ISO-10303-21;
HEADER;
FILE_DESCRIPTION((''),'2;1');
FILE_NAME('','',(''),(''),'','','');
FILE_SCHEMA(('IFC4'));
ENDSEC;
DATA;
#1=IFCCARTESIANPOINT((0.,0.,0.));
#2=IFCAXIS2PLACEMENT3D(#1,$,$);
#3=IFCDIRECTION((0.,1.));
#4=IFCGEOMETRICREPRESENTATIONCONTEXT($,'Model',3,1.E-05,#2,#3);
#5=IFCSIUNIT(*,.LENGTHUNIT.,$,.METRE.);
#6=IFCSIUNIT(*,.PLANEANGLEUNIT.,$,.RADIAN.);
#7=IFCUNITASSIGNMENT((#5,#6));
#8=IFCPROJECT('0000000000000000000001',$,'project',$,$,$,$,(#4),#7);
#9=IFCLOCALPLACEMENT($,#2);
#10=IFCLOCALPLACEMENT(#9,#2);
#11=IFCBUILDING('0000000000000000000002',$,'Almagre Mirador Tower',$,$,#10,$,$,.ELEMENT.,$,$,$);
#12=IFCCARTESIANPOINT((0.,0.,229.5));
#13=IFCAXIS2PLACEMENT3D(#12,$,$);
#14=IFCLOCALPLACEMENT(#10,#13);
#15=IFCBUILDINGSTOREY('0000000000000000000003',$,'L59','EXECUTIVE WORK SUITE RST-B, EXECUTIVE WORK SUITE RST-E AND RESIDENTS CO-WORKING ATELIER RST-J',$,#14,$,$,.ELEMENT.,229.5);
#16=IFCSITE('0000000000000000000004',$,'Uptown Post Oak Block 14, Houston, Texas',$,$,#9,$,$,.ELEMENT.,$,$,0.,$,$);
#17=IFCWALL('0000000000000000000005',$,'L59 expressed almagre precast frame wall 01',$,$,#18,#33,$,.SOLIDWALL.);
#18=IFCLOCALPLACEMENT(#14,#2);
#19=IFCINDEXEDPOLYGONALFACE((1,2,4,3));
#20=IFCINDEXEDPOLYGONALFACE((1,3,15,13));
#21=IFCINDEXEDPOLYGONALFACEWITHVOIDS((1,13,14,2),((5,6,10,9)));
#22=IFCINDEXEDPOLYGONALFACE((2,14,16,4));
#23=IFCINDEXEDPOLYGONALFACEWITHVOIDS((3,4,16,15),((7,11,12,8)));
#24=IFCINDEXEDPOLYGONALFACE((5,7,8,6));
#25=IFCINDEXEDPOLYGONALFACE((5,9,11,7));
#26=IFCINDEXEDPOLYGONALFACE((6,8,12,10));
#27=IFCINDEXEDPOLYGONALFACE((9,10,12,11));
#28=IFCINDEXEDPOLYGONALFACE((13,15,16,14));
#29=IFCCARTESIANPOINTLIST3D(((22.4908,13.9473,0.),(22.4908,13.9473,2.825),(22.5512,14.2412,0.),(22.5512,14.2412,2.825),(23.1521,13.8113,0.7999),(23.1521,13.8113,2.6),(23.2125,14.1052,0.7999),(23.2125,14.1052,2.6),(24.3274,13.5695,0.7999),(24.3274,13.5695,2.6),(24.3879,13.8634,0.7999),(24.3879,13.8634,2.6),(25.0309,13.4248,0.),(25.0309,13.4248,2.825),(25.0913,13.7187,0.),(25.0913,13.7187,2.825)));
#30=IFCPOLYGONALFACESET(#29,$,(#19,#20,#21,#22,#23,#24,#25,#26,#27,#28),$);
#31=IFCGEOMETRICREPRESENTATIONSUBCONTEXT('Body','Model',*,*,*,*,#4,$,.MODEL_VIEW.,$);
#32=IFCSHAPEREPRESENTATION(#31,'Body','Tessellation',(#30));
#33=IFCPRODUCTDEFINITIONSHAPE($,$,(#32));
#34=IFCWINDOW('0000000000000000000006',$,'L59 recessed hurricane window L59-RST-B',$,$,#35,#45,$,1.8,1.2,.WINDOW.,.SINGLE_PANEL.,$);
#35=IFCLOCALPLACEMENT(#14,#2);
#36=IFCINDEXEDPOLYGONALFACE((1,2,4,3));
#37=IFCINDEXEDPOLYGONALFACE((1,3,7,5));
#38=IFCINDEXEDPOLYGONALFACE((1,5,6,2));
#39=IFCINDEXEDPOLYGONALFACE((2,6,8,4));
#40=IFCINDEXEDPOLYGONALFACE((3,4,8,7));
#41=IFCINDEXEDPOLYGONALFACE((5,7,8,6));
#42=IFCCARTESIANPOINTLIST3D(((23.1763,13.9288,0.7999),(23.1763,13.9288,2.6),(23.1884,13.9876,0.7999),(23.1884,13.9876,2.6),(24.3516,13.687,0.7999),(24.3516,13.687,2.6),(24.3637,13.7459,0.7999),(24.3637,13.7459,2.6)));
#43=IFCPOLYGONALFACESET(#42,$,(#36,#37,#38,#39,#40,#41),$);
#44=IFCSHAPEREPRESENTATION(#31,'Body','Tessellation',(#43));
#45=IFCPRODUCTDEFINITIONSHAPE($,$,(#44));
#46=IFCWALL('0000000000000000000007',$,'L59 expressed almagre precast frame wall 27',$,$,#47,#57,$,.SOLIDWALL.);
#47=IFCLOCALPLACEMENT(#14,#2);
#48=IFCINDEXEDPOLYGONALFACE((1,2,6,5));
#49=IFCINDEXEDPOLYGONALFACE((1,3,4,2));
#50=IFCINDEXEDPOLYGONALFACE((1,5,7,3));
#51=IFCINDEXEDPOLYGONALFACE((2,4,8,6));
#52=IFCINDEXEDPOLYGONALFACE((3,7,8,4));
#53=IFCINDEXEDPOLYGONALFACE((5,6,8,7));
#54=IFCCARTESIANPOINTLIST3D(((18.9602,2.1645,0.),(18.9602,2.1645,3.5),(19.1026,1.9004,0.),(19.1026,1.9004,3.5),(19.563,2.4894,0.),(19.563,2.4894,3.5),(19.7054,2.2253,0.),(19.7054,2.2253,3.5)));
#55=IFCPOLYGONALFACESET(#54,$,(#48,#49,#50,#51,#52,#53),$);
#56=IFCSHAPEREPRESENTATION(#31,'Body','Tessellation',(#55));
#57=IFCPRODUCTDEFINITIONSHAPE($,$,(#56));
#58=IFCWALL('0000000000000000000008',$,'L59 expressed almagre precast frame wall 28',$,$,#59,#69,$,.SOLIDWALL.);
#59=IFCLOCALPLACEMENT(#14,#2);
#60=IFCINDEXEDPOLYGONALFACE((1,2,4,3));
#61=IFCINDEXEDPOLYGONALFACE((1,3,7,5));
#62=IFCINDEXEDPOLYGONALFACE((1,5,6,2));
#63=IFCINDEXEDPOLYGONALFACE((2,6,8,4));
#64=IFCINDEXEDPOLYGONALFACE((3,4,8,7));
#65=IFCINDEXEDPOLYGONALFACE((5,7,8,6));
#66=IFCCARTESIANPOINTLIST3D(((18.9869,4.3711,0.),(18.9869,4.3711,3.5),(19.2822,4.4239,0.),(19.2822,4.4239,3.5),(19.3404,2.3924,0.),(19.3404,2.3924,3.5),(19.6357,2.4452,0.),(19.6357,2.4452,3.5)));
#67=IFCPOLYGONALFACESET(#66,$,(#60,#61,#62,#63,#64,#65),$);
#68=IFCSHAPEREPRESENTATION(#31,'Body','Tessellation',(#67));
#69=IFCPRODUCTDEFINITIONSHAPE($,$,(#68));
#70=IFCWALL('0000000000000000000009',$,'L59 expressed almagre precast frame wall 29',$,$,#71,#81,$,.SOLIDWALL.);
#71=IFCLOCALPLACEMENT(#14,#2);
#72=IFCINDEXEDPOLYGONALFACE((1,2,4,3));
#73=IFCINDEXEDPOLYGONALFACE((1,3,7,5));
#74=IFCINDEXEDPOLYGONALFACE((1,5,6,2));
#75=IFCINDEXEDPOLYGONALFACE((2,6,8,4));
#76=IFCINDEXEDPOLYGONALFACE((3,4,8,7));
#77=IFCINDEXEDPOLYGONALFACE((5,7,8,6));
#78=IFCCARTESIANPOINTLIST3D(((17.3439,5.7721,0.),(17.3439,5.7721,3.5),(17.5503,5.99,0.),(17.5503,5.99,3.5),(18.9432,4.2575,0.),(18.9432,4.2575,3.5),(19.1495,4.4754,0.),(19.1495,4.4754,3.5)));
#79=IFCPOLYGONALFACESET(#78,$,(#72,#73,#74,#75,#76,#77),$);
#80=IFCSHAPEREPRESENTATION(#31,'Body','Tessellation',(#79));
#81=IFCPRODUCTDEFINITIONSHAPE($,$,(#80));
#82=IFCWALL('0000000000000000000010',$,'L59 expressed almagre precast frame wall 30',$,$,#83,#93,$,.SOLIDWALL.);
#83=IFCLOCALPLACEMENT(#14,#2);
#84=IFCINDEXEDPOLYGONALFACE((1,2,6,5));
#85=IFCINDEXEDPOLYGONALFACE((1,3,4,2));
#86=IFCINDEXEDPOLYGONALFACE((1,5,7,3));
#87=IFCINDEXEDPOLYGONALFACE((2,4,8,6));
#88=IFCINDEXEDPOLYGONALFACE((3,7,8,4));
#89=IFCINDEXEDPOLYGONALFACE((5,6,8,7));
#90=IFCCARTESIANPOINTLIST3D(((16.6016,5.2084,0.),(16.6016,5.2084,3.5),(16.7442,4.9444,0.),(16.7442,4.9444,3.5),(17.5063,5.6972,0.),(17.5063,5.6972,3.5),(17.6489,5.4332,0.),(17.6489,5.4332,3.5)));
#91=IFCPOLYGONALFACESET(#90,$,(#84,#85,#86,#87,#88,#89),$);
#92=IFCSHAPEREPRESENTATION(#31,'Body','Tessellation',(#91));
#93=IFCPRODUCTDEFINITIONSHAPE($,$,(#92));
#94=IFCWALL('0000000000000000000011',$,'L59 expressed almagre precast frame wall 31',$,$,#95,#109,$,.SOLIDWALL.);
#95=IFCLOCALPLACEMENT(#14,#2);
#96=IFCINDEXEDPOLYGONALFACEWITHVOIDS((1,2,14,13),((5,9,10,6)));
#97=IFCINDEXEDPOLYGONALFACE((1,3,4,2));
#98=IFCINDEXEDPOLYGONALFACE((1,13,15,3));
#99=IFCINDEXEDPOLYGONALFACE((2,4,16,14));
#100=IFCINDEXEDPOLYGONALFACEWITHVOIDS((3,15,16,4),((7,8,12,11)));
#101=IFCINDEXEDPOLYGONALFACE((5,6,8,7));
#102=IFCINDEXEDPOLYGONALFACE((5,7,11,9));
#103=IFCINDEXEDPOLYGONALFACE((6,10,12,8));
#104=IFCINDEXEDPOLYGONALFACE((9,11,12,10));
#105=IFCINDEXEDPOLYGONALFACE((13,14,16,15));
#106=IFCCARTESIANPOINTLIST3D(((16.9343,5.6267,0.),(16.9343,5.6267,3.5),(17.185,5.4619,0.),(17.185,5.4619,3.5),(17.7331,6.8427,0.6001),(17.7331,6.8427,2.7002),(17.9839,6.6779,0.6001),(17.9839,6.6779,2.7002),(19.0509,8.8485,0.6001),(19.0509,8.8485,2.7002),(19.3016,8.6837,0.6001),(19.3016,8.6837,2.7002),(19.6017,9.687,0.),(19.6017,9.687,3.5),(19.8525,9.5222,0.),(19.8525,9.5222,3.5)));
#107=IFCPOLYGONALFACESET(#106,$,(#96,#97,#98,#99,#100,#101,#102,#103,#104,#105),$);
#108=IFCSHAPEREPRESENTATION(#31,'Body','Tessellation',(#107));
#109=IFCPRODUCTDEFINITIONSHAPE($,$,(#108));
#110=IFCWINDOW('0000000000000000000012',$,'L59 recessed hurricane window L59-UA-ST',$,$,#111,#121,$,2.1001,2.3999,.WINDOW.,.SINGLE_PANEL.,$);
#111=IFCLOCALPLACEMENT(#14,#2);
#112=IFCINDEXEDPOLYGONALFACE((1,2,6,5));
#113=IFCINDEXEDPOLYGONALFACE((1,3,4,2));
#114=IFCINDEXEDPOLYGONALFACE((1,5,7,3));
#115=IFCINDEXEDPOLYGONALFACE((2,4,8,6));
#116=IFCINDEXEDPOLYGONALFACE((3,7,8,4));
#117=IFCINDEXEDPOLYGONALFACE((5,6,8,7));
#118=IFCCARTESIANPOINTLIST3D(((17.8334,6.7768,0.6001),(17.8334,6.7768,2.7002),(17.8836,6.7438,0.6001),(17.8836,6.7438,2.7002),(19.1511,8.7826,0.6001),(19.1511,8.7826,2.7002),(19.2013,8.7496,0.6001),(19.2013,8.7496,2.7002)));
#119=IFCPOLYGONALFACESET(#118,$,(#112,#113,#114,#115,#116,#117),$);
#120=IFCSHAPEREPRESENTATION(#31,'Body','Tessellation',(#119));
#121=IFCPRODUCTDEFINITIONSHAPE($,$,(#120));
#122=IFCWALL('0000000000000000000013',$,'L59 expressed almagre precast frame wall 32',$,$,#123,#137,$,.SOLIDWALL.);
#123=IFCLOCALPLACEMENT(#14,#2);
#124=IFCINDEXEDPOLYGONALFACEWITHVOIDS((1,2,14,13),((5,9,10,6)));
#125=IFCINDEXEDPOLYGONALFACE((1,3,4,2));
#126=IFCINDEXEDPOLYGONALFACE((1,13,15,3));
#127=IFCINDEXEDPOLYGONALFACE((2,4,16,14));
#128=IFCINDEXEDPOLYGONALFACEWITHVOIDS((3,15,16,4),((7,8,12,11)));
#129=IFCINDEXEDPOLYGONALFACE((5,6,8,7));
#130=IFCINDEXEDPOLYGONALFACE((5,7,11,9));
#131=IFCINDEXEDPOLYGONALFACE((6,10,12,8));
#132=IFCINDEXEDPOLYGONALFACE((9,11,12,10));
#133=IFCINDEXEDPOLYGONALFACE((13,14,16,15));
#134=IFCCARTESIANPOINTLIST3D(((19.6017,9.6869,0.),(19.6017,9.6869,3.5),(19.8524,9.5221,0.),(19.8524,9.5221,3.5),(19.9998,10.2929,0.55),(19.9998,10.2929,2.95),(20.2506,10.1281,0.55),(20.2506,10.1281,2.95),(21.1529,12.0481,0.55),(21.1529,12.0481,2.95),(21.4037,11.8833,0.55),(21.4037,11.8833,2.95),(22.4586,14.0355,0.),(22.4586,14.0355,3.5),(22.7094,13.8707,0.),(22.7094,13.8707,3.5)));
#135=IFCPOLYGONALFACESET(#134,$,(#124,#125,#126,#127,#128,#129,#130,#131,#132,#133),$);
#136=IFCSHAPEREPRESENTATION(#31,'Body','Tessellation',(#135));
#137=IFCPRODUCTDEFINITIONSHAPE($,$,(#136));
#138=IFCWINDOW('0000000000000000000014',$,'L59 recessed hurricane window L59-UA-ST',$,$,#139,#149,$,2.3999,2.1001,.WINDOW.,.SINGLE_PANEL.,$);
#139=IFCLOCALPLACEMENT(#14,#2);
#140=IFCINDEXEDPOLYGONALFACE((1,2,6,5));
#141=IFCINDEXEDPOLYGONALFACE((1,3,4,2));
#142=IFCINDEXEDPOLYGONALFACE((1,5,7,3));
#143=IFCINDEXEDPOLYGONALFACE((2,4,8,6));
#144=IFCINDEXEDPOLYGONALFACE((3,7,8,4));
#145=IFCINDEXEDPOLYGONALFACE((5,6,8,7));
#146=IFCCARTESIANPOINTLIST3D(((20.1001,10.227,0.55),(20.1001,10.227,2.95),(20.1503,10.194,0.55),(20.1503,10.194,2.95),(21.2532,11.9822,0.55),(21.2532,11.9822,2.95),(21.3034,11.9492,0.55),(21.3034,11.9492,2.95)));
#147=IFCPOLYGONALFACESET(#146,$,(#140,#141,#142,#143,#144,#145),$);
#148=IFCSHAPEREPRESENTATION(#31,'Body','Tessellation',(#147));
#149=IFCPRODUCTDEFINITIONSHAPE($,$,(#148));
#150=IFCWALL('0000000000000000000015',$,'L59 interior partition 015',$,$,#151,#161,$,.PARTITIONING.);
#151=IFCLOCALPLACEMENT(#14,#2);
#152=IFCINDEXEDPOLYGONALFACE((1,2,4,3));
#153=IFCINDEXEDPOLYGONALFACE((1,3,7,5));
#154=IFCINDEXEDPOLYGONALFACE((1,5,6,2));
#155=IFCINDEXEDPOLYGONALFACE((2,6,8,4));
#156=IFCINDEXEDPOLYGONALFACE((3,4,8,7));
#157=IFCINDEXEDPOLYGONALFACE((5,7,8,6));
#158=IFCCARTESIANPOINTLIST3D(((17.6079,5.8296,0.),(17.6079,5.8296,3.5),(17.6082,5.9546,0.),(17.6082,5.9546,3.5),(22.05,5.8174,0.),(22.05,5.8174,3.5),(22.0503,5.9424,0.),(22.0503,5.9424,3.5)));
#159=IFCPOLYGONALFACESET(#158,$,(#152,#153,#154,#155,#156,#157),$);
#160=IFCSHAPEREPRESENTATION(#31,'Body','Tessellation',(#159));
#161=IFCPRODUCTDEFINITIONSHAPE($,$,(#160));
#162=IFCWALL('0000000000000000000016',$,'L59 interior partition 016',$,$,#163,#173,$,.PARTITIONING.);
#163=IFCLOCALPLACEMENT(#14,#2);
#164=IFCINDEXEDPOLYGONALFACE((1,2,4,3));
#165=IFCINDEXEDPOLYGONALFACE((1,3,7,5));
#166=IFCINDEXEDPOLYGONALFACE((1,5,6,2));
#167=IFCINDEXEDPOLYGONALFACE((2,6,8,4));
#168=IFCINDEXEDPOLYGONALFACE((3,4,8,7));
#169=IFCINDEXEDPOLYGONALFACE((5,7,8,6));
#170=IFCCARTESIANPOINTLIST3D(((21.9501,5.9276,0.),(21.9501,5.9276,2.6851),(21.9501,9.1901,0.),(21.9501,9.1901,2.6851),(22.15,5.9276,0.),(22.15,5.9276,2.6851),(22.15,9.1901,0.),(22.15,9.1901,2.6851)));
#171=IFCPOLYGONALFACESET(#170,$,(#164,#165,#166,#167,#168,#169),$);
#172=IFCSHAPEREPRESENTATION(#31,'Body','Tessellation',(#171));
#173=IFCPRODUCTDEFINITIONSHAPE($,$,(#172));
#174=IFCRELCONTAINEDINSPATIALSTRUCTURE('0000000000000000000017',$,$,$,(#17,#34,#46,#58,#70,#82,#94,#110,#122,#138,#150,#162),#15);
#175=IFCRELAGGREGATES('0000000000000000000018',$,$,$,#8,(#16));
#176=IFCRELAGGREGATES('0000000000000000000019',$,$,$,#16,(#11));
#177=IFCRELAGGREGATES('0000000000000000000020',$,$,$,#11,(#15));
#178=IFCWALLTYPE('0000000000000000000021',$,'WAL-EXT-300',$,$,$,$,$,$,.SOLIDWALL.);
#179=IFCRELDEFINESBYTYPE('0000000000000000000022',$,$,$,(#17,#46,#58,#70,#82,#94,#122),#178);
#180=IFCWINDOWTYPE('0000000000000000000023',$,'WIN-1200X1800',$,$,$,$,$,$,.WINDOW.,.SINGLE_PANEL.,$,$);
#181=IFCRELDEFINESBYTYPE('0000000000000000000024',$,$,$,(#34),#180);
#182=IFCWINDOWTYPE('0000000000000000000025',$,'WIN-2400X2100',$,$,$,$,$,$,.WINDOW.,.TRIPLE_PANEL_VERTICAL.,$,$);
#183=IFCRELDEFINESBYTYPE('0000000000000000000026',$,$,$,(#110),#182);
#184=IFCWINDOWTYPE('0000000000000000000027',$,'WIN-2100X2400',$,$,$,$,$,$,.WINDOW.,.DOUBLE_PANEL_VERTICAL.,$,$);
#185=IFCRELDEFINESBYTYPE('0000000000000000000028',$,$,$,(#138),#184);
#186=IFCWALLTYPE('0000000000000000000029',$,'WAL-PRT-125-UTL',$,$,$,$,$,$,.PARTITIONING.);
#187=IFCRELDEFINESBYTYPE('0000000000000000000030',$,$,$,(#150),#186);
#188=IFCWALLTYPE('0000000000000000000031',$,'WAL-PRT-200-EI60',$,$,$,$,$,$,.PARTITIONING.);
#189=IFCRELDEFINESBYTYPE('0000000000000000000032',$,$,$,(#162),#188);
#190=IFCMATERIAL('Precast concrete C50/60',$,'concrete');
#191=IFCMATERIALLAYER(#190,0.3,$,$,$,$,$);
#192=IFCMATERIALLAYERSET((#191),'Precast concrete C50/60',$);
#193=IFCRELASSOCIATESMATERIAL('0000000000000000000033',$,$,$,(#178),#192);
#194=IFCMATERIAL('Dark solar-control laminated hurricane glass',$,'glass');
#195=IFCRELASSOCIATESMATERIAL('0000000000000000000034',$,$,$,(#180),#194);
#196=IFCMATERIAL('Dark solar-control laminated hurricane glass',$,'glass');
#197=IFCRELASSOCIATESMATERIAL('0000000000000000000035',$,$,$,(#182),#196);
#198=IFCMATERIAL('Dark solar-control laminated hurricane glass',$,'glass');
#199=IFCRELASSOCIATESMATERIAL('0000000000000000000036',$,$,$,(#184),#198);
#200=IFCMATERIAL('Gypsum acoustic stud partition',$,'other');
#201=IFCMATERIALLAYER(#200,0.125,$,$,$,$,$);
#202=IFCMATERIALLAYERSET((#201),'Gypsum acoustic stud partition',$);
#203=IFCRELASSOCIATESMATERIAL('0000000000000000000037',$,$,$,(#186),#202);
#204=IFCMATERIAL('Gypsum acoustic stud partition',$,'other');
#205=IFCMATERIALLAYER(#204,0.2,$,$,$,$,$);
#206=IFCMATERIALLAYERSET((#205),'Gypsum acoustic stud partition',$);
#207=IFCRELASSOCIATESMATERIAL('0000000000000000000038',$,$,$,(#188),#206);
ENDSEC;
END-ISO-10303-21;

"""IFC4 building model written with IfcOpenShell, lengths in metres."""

from ifc_helpers import new_model, si_unit, direction, frame, frame_2d, origin, place, context, subcontext, project, spatial, rectangle, extrude, material, layer, layer_set, type_object, element, fill, save


model = new_model("IFC4")

# Units and contexts
model_context = context("Model", 3, precision=1e-05, world=origin(), true_north=direction((0.0, 1.0)))
body_context = subcontext(model_context, "Body", "Model", "MODEL_VIEW")
ifc_project = project(units=[si_unit("LENGTHUNIT", "METRE"), si_unit("PLANEANGLEUNIT", "RADIAN")], contexts=[model_context])

# Site, building, storey
site_placement = place(None, origin())
site = spatial("IfcSite", under=ifc_project, at=site_placement, Name="Uptown Post Oak Block 14, Houston, Texas", CompositionType="ELEMENT", RefElevation=0.0)
building_placement = place(site_placement, origin())
building = spatial("IfcBuilding", under=site, at=building_placement, Name="Almagre Mirador Tower", CompositionType="ELEMENT")
storey_placement = place(building_placement, frame((0.0, 0.0, 229.5)))
storey = spatial("IfcBuildingStorey", under=building, at=storey_placement, Name="L59", Description="EXECUTIVE WORK SUITE RST-B, EXECUTIVE WORK SUITE RST-E AND RESIDENTS CO-WORKING ATELIER RST-J", CompositionType="ELEMENT", Elevation=229.5)

# Wall, opening, window
ifc_material_1 = material(Name="Precast concrete C50/60", Category="concrete")
ifc_layer_1 = layer(ifc_material_1, 0.3)
ifc_layer_set_1 = layer_set([ifc_layer_1], Name="Precast concrete C50/60")
wall_type_1 = type_object("IfcWallType", Name="WAL-EXT-300", PredefinedType="SOLIDWALL", material=ifc_layer_set_1)
wall_1_placement = place(storey_placement, frame((22.521, 14.0942, 0.0), z_axis=(0.0, 0.0, 1.0), x_axis=(0.979494, -0.201472, 0.0)))
wall_1 = element("IfcWall", 1, at=wall_1_placement, inside=storey, type_object=wall_type_1, Name="L59 expressed almagre precast frame wall 01", PredefinedType="SOLIDWALL", context=body_context, shape_type="SweptSolid", body=[
    extrude(rectangle(XDim=2.5933, YDim=0.3, at=frame_2d((1.2966, 0.0))), origin(), (0.0, 0.0, 1.0), 2.825),
])
opening_1_placement = place(wall_1_placement, frame((0.675, 0.0, 0.8)))
opening_1 = element("IfcOpeningElement", 2, at=opening_1_placement, cuts=wall_1, PredefinedType="OPENING", context=body_context, shape_type="SweptSolid", body=[
    extrude(rectangle(XDim=1.2, YDim=1.8, at=frame_2d((0.6001, 0.8999))), frame((0.0, 0.1599, 0.0), z_axis=(0.0, -1.0, 0.0), x_axis=(1.0, 0.0, 0.0)), (0.0, 0.0, 1.0), 0.32),
])
ifc_material_2 = material(Name="Dark solar-control laminated hurricane glass", Category="glass")
window_type_1 = type_object("IfcWindowType", Name="WIN-1200X1800", PartitioningType="SINGLE_PANEL", PredefinedType="WINDOW", material=ifc_material_2)
window_1_placement = place(opening_1_placement, origin())
window_1 = element("IfcWindow", 3, at=window_1_placement, inside=storey, type_object=window_type_1, Name="L59 recessed hurricane window L59-RST-B", OverallHeight=1.8, OverallWidth=1.2, PartitioningType="SINGLE_PANEL", PredefinedType="WINDOW", context=body_context, shape_type="SweptSolid", body=[
    extrude(rectangle(XDim=1.2, YDim=1.8, at=frame_2d((0.6001, 0.8999))), frame((0.0, 0.03, 0.0), z_axis=(0.0, -1.0, 0.0), x_axis=(1.0, 0.0, 0.0)), (0.0, 0.0, 1.0), 0.0601),
])
fill(opening_1, window_1)

# Walls
wall_2_placement = place(storey_placement, frame((19.0315, 2.0325, 0.0), z_axis=(0.0, 0.0, 1.0), x_axis=(0.880242, 0.474525, 0.0)))
element("IfcWall", 4, at=wall_2_placement, inside=storey, type_object=wall_type_1, Name="L59 expressed almagre precast frame wall 27", PredefinedType="SOLIDWALL", context=body_context, shape_type="SweptSolid", body=[
    extrude(rectangle(XDim=0.6848, YDim=0.3, at=frame_2d((0.3423, 0.0))), origin(), (0.0, 0.0, 1.0), 3.5),
])
wall_3_placement = place(storey_placement, frame((19.488, 2.4189, 0.0), z_axis=(0.0, 0.0, 1.0), x_axis=(-0.175871, 0.984413, 0.0)))
element("IfcWall", 5, at=wall_3_placement, inside=storey, type_object=wall_type_1, Name="L59 expressed almagre precast frame wall 28", PredefinedType="SOLIDWALL", context=body_context, shape_type="SweptSolid", body=[
    extrude(rectangle(XDim=2.01, YDim=0.3, at=frame_2d((1.0049, 0.0))), origin(), (0.0, 0.0, 1.0), 3.5),
])
wall_4_placement = place(storey_placement, frame((19.0464, 4.3665, 0.0), z_axis=(0.0, 0.0, 1.0), x_axis=(-0.726075, 0.687616, 0.0)))
element("IfcWall", 6, at=wall_4_placement, inside=storey, type_object=wall_type_1, Name="L59 expressed almagre precast frame wall 29", PredefinedType="SOLIDWALL", context=body_context, shape_type="SweptSolid", body=[
    extrude(rectangle(XDim=2.2026, YDim=0.3, at=frame_2d((1.1013, 0.0))), origin(), (0.0, 0.0, 1.0), 3.5),
])
wall_5_placement = place(storey_placement, frame((17.5776, 5.5652, 0.0), z_axis=(0.0, 0.0, 1.0), x_axis=(-0.87983, -0.475289, 0.0)))
element("IfcWall", 7, at=wall_5_placement, inside=storey, type_object=wall_type_1, Name="L59 expressed almagre precast frame wall 30", PredefinedType="SOLIDWALL", context=body_context, shape_type="SweptSolid", body=[
    extrude(rectangle(XDim=1.0283, YDim=0.3, at=frame_2d((0.5142, 0.0))), origin(), (0.0, 0.0, 1.0), 3.5),
])

# Walls, openings, windows
wall_6_placement = place(storey_placement, frame((17.0596, 5.5442, 0.0), z_axis=(0.0, 0.0, 1.0), x_axis=(0.549075, 0.835773, 0.0)))
wall_6 = element("IfcWall", 8, at=wall_6_placement, inside=storey, type_object=wall_type_1, Name="L59 expressed almagre precast frame wall 31", PredefinedType="SOLIDWALL", context=body_context, shape_type="SweptSolid", body=[
    extrude(rectangle(XDim=4.8582, YDim=0.3, at=frame_2d((2.4292, 0.0))), origin(), (0.0, 0.0, 1.0), 3.5),
])
opening_2_placement = place(wall_6_placement, frame((1.4551, 0.0, 0.6001)))
opening_2 = element("IfcOpeningElement", 9, at=opening_2_placement, cuts=wall_6, PredefinedType="OPENING", context=body_context, shape_type="SweptSolid", body=[
    extrude(rectangle(XDim=2.3999, YDim=2.1001, at=frame_2d((1.2, 1.05))), frame((0.0, 0.1599, 0.0), z_axis=(0.0, -1.0, 0.0), x_axis=(1.0, 0.0, 0.0)), (0.0, 0.0, 1.0), 0.32),
])
ifc_material_3 = material(Name="Dark solar-control laminated hurricane glass", Category="glass")
window_type_2 = type_object("IfcWindowType", Name="WIN-2400X2100", PartitioningType="TRIPLE_PANEL_VERTICAL", PredefinedType="WINDOW", material=ifc_material_3)
window_2_placement = place(opening_2_placement, origin())
window_2 = element("IfcWindow", 10, at=window_2_placement, inside=storey, type_object=window_type_2, Name="L59 recessed hurricane window L59-UA-ST", OverallHeight=2.1001, OverallWidth=2.3999, PartitioningType="SINGLE_PANEL", PredefinedType="WINDOW", context=body_context, shape_type="SweptSolid", body=[
    extrude(rectangle(XDim=2.3999, YDim=2.1001, at=frame_2d((1.2, 1.05))), frame((0.0, 0.03, 0.0), z_axis=(0.0, -1.0, 0.0), x_axis=(1.0, 0.0, 0.0)), (0.0, 0.0, 1.0), 0.0601),
])
fill(opening_2, window_2)
wall_7_placement = place(storey_placement, frame((19.7271, 9.6045, 0.0), z_axis=(0.0, 0.0, 1.0), x_axis=(0.549079, 0.835771, 0.0)))
wall_7 = element("IfcWall", 11, at=wall_7_placement, inside=storey, type_object=wall_type_1, Name="L59 expressed almagre precast frame wall 32", PredefinedType="SOLIDWALL", context=body_context, shape_type="SweptSolid", body=[
    extrude(rectangle(XDim=5.2031, YDim=0.3, at=frame_2d((2.6016, 0.0))), origin(), (0.0, 0.0, 1.0), 3.5),
])
opening_3_placement = place(wall_7_placement, frame((0.7251, 0.0, 0.55)))
opening_3 = element("IfcOpeningElement", 12, at=opening_3_placement, cuts=wall_7, PredefinedType="OPENING", context=body_context, shape_type="SweptSolid", body=[
    extrude(rectangle(XDim=2.1001, YDim=2.3999, at=frame_2d((1.05, 1.2))), frame((0.0, 0.1599, 0.0), z_axis=(0.0, -1.0, 0.0), x_axis=(1.0, 0.0, 0.0)), (0.0, 0.0, 1.0), 0.32),
])
ifc_material_4 = material(Name="Dark solar-control laminated hurricane glass", Category="glass")
window_type_3 = type_object("IfcWindowType", Name="WIN-2100X2400", PartitioningType="DOUBLE_PANEL_VERTICAL", PredefinedType="WINDOW", material=ifc_material_4)
window_3_placement = place(opening_3_placement, origin())
window_3 = element("IfcWindow", 13, at=window_3_placement, inside=storey, type_object=window_type_3, Name="L59 recessed hurricane window L59-UA-ST", OverallHeight=2.3999, OverallWidth=2.1001, PartitioningType="SINGLE_PANEL", PredefinedType="WINDOW", context=body_context, shape_type="SweptSolid", body=[
    extrude(rectangle(XDim=2.1001, YDim=2.3999, at=frame_2d((1.05, 1.2))), frame((0.0, 0.03, 0.0), z_axis=(0.0, -1.0, 0.0), x_axis=(1.0, 0.0, 0.0)), (0.0, 0.0, 1.0), 0.0601),
])
fill(opening_3, window_3)

# Walls
ifc_material_5 = material(Name="Gypsum acoustic stud partition", Category="other")
ifc_layer_2 = layer(ifc_material_5, 0.125)
ifc_layer_set_2 = layer_set([ifc_layer_2], Name="Gypsum acoustic stud partition")
wall_type_2 = type_object("IfcWallType", Name="WAL-PRT-125-UTL", PredefinedType="PARTITIONING", material=ifc_layer_set_2)
wall_8_placement = place(storey_placement, frame((17.6079, 5.8921, 0.0), z_axis=(0.0, 0.0, 1.0), x_axis=(0.999996, -0.002748, 0.0)))
element("IfcWall", 14, at=wall_8_placement, inside=storey, type_object=wall_type_2, Name="L59 interior partition 015", PredefinedType="PARTITIONING", context=body_context, shape_type="SweptSolid", body=[
    extrude(rectangle(XDim=4.4421, YDim=0.125, at=frame_2d((2.2212, 0.0))), origin(), (0.0, 0.0, 1.0), 3.5),
])
ifc_material_6 = material(Name="Gypsum acoustic stud partition", Category="other")
ifc_layer_3 = layer(ifc_material_6, 0.2)
ifc_layer_set_3 = layer_set([ifc_layer_3], Name="Gypsum acoustic stud partition")
wall_type_3 = type_object("IfcWallType", Name="WAL-PRT-200-EI60", PredefinedType="PARTITIONING", material=ifc_layer_set_3)
wall_9_placement = place(storey_placement, frame((22.05, 5.9275, 0.0), z_axis=(0.0, 0.0, 1.0), x_axis=(0.0, 1.0, 0.0)))
element("IfcWall", 15, at=wall_9_placement, inside=storey, type_object=wall_type_3, Name="L59 interior partition 016", PredefinedType="PARTITIONING", context=body_context, shape_type="SweptSolid", body=[
    extrude(rectangle(XDim=3.2625, YDim=0.2, at=frame_2d((1.6313, 0.0))), origin(), (0.0, 0.0, 1.0), 2.6851),
])

save(model, "model.ifc")
